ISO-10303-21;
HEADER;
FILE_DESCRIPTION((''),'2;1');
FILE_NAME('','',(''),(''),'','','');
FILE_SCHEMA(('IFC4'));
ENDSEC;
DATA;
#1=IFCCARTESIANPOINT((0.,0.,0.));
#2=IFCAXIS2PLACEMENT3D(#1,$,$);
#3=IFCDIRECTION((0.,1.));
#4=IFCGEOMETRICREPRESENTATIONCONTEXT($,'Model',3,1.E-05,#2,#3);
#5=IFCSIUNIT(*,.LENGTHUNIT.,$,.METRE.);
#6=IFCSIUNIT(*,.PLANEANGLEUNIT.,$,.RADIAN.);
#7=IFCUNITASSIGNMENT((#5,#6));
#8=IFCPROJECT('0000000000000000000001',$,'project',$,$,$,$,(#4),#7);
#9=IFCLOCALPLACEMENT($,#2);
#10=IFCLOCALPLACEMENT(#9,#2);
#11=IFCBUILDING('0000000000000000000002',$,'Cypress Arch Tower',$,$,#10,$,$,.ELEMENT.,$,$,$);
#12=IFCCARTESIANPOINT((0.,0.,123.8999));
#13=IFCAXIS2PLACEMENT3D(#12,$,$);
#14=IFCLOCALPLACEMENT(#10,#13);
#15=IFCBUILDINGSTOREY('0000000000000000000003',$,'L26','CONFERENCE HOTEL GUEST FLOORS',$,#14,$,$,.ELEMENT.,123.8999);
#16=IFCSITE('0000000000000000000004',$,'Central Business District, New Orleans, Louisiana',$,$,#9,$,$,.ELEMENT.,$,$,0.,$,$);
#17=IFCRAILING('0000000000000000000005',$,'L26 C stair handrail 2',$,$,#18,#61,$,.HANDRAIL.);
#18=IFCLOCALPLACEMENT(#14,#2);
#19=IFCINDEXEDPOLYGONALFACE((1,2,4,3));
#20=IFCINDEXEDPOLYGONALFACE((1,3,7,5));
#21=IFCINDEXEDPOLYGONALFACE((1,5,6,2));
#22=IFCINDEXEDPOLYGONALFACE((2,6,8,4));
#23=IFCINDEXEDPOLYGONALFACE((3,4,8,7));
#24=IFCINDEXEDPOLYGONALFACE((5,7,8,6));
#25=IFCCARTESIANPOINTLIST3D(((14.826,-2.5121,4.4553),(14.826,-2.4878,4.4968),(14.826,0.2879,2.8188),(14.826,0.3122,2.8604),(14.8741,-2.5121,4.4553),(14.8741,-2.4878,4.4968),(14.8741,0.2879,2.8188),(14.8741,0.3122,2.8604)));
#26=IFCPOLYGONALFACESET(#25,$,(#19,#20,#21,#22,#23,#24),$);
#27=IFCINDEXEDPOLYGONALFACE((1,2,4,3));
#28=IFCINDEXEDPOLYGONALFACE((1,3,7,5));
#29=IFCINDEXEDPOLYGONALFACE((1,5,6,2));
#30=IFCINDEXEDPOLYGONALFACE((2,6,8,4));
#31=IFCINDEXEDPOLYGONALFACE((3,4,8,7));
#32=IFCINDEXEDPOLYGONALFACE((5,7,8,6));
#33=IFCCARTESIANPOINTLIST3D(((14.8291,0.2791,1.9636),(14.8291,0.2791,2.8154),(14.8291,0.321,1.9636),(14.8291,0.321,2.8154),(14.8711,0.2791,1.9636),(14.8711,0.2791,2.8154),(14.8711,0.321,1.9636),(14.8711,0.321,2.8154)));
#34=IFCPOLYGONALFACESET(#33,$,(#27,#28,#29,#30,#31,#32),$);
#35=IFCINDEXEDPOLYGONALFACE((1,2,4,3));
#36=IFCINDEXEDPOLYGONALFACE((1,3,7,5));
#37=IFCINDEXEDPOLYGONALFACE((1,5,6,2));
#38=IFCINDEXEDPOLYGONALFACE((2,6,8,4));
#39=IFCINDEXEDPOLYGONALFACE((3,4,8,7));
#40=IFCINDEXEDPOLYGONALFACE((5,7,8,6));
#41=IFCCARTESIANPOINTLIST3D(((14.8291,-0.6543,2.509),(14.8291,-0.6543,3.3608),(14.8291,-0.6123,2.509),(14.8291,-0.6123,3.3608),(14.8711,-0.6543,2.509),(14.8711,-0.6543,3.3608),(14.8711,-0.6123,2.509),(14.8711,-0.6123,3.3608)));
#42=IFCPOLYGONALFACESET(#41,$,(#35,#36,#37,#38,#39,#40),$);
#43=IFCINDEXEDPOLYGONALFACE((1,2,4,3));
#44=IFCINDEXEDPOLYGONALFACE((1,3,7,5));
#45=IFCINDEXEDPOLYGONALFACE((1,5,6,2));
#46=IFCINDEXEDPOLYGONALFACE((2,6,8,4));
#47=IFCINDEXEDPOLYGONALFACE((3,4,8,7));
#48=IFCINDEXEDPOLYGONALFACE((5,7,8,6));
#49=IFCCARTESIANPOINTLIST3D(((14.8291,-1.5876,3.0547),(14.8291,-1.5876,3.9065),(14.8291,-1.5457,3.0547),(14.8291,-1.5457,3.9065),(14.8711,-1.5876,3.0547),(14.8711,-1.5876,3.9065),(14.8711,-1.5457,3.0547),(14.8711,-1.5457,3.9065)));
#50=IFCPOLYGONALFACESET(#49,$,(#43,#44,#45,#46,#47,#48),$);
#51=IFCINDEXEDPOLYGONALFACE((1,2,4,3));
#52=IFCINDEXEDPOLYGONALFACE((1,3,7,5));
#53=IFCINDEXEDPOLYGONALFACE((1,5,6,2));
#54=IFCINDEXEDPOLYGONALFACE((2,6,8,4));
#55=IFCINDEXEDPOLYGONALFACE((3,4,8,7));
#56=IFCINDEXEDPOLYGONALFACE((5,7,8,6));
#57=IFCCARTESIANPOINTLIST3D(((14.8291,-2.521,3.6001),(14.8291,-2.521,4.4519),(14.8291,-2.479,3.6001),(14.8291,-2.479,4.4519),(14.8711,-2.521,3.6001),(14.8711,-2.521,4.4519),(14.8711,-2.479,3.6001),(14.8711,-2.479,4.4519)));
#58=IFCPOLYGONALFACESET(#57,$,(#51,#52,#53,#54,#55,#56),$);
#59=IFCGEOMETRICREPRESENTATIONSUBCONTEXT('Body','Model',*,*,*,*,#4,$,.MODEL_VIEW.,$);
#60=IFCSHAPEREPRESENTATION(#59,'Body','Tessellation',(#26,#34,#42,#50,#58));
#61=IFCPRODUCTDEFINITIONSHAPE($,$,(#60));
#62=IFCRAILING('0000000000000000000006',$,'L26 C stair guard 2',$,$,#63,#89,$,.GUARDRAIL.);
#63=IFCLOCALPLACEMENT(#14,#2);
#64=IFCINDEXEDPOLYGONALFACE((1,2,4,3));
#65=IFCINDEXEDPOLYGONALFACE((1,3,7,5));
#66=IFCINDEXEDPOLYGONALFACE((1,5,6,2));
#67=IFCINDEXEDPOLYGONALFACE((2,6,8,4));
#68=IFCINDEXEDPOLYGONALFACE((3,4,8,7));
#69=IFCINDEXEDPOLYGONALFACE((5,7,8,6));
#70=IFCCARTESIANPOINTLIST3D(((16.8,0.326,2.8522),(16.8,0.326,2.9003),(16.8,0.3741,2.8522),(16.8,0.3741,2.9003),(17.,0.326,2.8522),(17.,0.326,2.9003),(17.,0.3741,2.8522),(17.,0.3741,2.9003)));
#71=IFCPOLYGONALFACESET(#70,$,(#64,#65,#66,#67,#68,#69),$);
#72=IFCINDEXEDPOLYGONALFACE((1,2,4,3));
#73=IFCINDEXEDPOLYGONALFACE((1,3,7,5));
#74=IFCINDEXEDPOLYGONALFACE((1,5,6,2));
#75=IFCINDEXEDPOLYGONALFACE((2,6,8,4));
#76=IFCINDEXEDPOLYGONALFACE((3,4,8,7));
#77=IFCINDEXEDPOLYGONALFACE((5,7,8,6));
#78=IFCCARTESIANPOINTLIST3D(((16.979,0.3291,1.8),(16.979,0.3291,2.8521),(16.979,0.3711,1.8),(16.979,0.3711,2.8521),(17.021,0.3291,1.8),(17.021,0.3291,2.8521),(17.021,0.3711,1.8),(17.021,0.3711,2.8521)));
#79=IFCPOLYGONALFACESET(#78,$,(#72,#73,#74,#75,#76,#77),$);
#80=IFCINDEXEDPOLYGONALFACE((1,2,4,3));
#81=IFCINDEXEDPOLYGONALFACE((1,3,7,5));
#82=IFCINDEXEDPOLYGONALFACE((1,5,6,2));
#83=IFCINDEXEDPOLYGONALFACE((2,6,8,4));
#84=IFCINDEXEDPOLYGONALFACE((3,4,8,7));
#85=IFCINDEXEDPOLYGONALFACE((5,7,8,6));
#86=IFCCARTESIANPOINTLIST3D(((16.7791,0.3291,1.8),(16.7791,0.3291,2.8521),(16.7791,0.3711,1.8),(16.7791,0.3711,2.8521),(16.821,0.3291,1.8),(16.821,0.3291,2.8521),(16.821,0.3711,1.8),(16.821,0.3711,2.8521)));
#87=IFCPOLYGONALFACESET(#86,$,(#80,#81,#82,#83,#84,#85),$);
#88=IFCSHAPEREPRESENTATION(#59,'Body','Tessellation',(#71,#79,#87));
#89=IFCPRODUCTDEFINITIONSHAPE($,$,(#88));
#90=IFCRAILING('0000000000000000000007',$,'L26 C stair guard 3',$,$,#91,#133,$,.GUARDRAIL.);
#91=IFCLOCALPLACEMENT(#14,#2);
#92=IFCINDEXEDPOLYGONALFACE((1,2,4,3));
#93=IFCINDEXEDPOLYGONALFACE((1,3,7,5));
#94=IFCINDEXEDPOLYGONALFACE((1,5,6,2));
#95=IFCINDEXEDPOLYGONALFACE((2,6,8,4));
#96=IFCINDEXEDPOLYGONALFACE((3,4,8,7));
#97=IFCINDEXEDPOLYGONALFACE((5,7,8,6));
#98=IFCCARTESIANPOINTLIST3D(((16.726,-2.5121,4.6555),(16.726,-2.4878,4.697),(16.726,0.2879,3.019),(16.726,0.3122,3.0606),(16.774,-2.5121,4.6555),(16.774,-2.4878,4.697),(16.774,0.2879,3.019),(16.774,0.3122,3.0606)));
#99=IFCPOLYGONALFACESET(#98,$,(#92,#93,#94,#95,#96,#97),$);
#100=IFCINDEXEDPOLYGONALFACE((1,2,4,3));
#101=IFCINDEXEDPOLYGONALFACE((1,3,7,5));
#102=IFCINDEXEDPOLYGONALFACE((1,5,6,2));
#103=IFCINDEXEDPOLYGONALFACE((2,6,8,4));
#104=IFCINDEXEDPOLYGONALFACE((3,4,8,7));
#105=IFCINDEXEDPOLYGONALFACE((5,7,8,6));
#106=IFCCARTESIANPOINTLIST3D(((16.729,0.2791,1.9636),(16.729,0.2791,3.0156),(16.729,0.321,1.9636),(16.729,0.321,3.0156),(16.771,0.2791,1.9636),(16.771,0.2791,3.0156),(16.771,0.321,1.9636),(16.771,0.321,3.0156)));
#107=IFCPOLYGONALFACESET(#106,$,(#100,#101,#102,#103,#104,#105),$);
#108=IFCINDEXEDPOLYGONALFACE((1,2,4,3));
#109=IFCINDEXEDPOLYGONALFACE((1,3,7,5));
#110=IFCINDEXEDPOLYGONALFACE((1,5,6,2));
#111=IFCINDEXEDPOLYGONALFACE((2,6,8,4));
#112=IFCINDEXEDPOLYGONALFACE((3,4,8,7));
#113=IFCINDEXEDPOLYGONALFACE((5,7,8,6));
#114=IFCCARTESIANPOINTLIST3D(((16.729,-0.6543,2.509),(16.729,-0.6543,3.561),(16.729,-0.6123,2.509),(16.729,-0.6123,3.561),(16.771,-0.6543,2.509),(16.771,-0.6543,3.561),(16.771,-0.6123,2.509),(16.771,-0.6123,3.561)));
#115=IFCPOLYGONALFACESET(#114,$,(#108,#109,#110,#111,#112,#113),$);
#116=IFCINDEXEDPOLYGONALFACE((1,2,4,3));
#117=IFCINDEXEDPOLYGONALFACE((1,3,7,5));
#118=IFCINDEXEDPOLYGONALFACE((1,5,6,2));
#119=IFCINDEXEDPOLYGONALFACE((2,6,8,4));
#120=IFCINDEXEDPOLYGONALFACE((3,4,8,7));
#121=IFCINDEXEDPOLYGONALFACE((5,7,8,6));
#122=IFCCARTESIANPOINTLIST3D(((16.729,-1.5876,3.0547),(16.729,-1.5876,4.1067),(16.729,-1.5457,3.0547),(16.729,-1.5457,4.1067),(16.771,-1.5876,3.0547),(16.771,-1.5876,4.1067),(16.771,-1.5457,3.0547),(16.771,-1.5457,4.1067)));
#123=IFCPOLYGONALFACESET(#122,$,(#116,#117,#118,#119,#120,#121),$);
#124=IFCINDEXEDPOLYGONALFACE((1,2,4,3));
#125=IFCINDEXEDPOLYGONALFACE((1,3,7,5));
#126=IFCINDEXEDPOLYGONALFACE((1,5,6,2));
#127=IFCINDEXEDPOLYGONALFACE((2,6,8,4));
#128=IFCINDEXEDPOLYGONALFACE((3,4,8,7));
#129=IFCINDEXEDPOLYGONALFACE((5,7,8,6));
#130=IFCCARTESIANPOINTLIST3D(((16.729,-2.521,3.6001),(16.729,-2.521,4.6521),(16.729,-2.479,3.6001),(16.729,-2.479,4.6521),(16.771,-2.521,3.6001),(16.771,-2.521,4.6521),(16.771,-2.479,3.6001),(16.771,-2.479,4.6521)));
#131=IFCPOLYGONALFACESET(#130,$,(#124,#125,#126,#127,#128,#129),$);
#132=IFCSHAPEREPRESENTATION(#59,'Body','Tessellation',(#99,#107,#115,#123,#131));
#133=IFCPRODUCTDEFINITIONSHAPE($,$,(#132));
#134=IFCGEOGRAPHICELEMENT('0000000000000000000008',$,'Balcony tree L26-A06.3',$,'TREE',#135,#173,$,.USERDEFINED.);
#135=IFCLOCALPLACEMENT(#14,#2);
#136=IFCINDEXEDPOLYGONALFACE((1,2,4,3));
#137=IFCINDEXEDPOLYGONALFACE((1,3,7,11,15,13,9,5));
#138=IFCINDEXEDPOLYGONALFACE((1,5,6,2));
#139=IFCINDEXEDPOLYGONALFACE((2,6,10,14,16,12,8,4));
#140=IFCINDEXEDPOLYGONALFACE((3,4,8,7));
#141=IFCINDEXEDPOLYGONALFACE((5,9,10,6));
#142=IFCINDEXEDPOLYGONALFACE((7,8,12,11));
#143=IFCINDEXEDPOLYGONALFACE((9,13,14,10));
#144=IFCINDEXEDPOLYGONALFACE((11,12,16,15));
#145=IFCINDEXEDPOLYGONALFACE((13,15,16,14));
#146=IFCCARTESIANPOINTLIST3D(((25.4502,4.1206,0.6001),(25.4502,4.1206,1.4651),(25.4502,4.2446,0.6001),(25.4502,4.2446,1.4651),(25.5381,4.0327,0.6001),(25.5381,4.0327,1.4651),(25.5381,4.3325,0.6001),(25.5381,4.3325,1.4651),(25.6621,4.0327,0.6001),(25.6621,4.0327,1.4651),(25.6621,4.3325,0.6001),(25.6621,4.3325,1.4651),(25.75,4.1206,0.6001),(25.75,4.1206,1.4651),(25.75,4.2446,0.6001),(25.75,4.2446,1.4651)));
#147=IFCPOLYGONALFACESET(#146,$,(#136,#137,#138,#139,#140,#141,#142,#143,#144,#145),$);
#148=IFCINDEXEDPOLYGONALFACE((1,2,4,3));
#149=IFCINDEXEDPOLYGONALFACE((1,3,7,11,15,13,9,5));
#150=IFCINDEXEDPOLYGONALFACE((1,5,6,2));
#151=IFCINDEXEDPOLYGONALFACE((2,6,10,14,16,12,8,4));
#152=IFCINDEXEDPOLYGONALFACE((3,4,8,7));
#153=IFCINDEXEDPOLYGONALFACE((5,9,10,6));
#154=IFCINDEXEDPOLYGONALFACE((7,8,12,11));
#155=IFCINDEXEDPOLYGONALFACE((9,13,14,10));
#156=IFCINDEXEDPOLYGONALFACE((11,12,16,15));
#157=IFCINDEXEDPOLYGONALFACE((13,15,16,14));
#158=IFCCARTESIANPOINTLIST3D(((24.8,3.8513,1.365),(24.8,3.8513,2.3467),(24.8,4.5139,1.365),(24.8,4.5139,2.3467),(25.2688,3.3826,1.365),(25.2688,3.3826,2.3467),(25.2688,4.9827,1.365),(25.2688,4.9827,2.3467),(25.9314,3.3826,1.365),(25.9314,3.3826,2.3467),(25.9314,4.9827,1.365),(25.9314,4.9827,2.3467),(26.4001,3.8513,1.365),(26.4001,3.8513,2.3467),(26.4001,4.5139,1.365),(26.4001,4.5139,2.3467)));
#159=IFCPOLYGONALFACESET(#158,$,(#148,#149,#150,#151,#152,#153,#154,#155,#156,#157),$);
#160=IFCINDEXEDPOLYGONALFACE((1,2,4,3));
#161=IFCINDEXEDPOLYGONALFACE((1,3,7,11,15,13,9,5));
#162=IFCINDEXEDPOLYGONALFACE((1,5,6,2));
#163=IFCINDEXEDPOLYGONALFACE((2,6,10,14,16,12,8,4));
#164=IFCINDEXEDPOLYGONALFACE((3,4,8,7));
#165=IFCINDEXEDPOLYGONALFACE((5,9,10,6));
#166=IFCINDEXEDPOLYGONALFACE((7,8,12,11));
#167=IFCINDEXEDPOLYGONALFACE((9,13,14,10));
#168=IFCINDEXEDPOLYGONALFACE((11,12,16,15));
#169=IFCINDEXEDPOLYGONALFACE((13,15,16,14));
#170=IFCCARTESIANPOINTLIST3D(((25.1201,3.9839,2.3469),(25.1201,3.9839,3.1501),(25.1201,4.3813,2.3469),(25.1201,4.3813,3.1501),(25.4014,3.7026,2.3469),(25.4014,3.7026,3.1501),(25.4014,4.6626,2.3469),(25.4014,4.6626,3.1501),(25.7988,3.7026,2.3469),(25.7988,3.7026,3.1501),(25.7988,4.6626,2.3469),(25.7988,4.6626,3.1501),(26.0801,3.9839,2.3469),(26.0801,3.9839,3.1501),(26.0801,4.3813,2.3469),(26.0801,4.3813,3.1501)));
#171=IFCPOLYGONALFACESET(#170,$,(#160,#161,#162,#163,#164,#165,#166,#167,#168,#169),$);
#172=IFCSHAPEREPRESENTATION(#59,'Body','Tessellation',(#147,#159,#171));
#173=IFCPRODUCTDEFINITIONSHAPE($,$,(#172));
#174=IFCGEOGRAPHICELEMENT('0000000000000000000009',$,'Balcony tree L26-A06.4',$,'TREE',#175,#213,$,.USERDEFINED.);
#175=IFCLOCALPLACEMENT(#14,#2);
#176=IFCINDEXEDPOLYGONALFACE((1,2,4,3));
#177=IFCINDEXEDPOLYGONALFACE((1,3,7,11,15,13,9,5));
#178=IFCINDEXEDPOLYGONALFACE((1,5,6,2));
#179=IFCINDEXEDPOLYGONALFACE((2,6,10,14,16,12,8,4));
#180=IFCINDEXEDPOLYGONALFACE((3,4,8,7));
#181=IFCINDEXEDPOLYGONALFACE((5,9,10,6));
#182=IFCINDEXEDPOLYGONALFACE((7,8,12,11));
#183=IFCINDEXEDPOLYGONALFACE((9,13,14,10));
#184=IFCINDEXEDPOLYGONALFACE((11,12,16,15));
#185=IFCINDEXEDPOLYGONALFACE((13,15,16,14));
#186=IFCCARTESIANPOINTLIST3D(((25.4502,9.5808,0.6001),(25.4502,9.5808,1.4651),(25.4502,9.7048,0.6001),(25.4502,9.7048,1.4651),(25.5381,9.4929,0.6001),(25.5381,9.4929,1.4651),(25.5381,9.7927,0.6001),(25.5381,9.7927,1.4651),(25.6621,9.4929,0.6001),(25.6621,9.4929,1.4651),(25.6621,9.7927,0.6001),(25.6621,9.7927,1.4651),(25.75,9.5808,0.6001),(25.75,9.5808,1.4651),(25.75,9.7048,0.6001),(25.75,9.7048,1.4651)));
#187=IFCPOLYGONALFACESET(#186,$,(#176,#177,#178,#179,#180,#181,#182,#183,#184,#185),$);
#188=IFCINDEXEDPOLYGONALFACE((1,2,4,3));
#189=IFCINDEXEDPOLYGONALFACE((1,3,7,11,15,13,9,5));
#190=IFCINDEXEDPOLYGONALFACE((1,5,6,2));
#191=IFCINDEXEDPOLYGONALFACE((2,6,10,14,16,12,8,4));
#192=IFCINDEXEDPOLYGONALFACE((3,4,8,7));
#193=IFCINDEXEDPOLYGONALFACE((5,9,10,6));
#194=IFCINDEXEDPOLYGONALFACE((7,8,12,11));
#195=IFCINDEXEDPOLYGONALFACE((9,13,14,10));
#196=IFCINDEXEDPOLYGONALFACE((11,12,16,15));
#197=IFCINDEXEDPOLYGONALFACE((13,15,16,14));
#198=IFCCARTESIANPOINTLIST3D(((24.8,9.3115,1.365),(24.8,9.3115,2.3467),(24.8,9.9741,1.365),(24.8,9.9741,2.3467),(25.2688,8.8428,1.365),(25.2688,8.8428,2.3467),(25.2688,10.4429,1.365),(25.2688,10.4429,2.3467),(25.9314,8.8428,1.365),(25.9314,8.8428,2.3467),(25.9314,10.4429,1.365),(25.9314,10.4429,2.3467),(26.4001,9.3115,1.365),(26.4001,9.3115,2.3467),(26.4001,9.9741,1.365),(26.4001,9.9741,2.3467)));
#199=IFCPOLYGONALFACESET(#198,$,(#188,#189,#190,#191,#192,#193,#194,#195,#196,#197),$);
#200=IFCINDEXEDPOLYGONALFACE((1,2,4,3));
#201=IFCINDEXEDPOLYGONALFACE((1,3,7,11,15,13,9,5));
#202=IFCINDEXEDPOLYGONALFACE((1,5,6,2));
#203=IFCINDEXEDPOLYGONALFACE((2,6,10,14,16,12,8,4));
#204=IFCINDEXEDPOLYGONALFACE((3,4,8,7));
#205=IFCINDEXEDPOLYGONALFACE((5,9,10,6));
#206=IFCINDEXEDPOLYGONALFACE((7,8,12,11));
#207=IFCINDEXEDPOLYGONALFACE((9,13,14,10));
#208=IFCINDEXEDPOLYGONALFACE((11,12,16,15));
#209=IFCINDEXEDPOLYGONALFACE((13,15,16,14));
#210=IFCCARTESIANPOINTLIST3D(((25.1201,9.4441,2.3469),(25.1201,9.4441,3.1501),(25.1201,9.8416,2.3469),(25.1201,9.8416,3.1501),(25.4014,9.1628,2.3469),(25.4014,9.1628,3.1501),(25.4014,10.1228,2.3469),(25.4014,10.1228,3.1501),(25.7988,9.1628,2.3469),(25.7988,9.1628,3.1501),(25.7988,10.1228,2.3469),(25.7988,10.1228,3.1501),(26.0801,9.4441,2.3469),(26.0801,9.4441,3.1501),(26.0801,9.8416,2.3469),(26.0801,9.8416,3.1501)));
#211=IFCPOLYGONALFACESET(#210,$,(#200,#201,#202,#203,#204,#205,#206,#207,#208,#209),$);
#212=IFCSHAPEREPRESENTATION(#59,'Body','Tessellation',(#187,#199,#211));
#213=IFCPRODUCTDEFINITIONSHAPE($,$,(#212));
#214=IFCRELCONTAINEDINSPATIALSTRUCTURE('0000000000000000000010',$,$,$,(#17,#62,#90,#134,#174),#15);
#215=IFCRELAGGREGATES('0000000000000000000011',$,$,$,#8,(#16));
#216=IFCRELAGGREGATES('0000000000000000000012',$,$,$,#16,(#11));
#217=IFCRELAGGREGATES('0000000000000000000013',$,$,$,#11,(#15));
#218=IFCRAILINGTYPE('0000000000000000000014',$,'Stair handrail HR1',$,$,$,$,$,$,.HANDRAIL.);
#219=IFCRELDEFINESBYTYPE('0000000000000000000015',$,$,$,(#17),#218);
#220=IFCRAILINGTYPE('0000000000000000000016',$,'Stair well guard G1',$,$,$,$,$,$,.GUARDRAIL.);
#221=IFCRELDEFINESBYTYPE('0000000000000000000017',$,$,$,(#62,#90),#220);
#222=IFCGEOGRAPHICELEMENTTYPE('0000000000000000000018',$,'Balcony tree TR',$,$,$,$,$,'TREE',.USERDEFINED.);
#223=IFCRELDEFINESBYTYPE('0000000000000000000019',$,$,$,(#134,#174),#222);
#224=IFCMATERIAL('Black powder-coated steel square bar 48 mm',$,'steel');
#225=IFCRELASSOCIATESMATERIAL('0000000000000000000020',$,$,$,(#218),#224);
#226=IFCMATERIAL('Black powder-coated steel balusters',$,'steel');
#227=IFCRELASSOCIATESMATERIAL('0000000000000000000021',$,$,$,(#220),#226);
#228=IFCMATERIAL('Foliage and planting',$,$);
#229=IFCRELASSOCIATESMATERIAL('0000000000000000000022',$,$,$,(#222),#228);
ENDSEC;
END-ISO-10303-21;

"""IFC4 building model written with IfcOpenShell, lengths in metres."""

from ifc_helpers import new_model, si_unit, direction, frame, origin, origin_2d, place, context, subcontext, project, spatial, polyline, rectangle, outline, extrude, material, type_object, element, save


model = new_model("IFC4")

# Units and contexts
model_context = context("Model", 3, precision=1e-05, world=origin(), true_north=direction((0.0, 1.0)))
body_context = subcontext(model_context, "Body", "Model", "MODEL_VIEW")
ifc_project = project(units=[si_unit("LENGTHUNIT", "METRE"), si_unit("PLANEANGLEUNIT", "RADIAN")], contexts=[model_context])

# Site, building, storey
site_placement = place(None, origin())
site = spatial("IfcSite", under=ifc_project, at=site_placement, Name="Central Business District, New Orleans, Louisiana", CompositionType="ELEMENT", RefElevation=0.0)
building_placement = place(site_placement, origin())
building = spatial("IfcBuilding", under=site, at=building_placement, Name="Cypress Arch Tower", CompositionType="ELEMENT")
storey_placement = place(building_placement, frame((0.0, 0.0, 123.8999)))
storey = spatial("IfcBuildingStorey", under=building, at=storey_placement, Name="L26", Description="CONFERENCE HOTEL GUEST FLOORS", CompositionType="ELEMENT", Elevation=123.8999)

# Railings
ifc_material_1 = material(Name="Black powder-coated steel square bar 48 mm", Category="steel")
railing_type_1 = type_object("IfcRailingType", Name="Stair handrail HR1", PredefinedType="HANDRAIL", material=ifc_material_1)
railing_1_placement = place(storey_placement, frame((14.8501, 0.3, 1.9636)))
element("IfcRailing", 1, at=railing_1_placement, inside=storey, type_object=railing_type_1, Name="L26 C stair handrail 2", PredefinedType="HANDRAIL", context=body_context, shape_type="SweptSolid", body=[
    extrude(rectangle(XDim=0.0481, YDim=0.0481, at=origin_2d()), frame((0.0, 0.0, 0.876), z_axis=(0.0, -0.863361, 0.504587), x_axis=(1.0, 0.0, 0.0)), (0.0, 0.0, 1.0), 3.2432),
    extrude(rectangle(XDim=0.042, YDim=0.042, at=origin_2d()), origin(), (0.0, 0.0, 1.0), 0.8518),
    extrude(rectangle(XDim=0.042, YDim=0.042, at=origin_2d()), frame((0.0, -0.9333, 0.5454)), (0.0, 0.0, 1.0), 0.8518),
    extrude(rectangle(XDim=0.042, YDim=0.042, at=origin_2d()), frame((0.0, -1.8667, 1.0911)), (0.0, 0.0, 1.0), 0.8518),
    extrude(rectangle(XDim=0.042, YDim=0.042, at=origin_2d()), frame((0.0, -2.8, 1.6365)), (0.0, 0.0, 1.0), 0.8518),
])
ifc_material_2 = material(Name="Black powder-coated steel balusters", Category="steel")
railing_type_2 = type_object("IfcRailingType", Name="Stair well guard G1", PredefinedType="GUARDRAIL", material=ifc_material_2)
railing_2_placement = place(storey_placement, frame((17.0, 0.3501, 1.8)))
element("IfcRailing", 2, at=railing_2_placement, inside=storey, type_object=railing_type_2, Name="L26 C stair guard 2", PredefinedType="GUARDRAIL", context=body_context, shape_type="SweptSolid", body=[
    extrude(rectangle(XDim=0.0481, YDim=0.0481, at=origin_2d()), frame((0.0, 0.0, 1.0762), z_axis=(-1.0, 0.0, 0.0), x_axis=(0.0, -1.0, 0.0)), (0.0, 0.0, 1.0), 0.2),
    extrude(rectangle(XDim=0.042, YDim=0.042, at=origin_2d()), origin(), (0.0, 0.0, 1.0), 1.052),
    extrude(rectangle(XDim=0.042, YDim=0.042, at=origin_2d()), frame((-0.2, 0.0, 0.0)), (0.0, 0.0, 1.0), 1.052),
])
railing_3_placement = place(storey_placement, frame((16.75, 0.3, 1.9636)))
element("IfcRailing", 3, at=railing_3_placement, inside=storey, type_object=railing_type_2, Name="L26 C stair guard 3", PredefinedType="GUARDRAIL", context=body_context, shape_type="SweptSolid", body=[
    extrude(rectangle(XDim=0.0481, YDim=0.0481, at=origin_2d()), frame((0.0, 0.0, 1.0762), z_axis=(0.0, -0.863361, 0.504587), x_axis=(1.0, 0.0, 0.0)), (0.0, 0.0, 1.0), 3.2432),
    extrude(rectangle(XDim=0.042, YDim=0.042, at=origin_2d()), origin(), (0.0, 0.0, 1.0), 1.052),
    extrude(rectangle(XDim=0.042, YDim=0.042, at=origin_2d()), frame((0.0, -0.9333, 0.5454)), (0.0, 0.0, 1.0), 1.052),
    extrude(rectangle(XDim=0.042, YDim=0.042, at=origin_2d()), frame((0.0, -1.8667, 1.0911)), (0.0, 0.0, 1.0), 1.052),
    extrude(rectangle(XDim=0.042, YDim=0.042, at=origin_2d()), frame((0.0, -2.8, 1.6365)), (0.0, 0.0, 1.0), 1.052),
])

# Geographic elements
ifc_material_3 = material(Name="Foliage and planting")
geographic_element_type = type_object("IfcGeographicElementType", Name="Balcony tree TR", ElementType="TREE", PredefinedType="USERDEFINED", material=ifc_material_3)
for number, where, z_axis, x_axis, name in (
    (4, (25.6001, 4.1826, 0.6001), (0.0, 0.0, 1.0), (1.0, 0.0, 0.0), "Balcony tree L26-A06.3"),
    (5, (25.6001, 9.6428, 0.6001), (0.0, 0.0, 1.0), (1.0, 0.0, 0.0), "Balcony tree L26-A06.4"),
):
    element("IfcGeographicElement", number, at=place(storey_placement, frame(where, z_axis=z_axis, x_axis=x_axis)), inside=storey, type_object=geographic_element_type, Name=name, ObjectType="TREE", PredefinedType="USERDEFINED", context=body_context, shape_type="SweptSolid", body=[
        extrude(outline(polyline([(0.1499, 0.062), (0.062, 0.1499), (-0.062, 0.1499), (-0.1499, 0.062), (-0.1499, -0.062), (-0.062, -0.1499), (0.062, -0.1499), (0.1499, -0.062), (0.1499, 0.062)])), origin(), (0.0, 0.0, 1.0), 0.865),
        extrude(outline(polyline([(0.8, 0.3313), (0.3313, 0.8), (-0.3313, 0.8), (-0.8, 0.3313), (-0.8, -0.3313), (-0.3313, -0.8), (0.3313, -0.8), (0.8, -0.3313), (0.8, 0.3313)])), frame((0.0, 0.0, 0.7649)), (0.0, 0.0, 1.0), 0.9817),
        extrude(outline(polyline([(0.48, 0.1987), (0.1987, 0.48), (-0.1987, 0.48), (-0.48, 0.1987), (-0.48, -0.1987), (-0.1987, -0.48), (0.1987, -0.48), (0.48, -0.1987), (0.48, 0.1987)])), frame((0.0, 0.0, 1.7468)), (0.0, 0.0, 1.0), 0.8032),
    ])

save(model, "model.ifc")
